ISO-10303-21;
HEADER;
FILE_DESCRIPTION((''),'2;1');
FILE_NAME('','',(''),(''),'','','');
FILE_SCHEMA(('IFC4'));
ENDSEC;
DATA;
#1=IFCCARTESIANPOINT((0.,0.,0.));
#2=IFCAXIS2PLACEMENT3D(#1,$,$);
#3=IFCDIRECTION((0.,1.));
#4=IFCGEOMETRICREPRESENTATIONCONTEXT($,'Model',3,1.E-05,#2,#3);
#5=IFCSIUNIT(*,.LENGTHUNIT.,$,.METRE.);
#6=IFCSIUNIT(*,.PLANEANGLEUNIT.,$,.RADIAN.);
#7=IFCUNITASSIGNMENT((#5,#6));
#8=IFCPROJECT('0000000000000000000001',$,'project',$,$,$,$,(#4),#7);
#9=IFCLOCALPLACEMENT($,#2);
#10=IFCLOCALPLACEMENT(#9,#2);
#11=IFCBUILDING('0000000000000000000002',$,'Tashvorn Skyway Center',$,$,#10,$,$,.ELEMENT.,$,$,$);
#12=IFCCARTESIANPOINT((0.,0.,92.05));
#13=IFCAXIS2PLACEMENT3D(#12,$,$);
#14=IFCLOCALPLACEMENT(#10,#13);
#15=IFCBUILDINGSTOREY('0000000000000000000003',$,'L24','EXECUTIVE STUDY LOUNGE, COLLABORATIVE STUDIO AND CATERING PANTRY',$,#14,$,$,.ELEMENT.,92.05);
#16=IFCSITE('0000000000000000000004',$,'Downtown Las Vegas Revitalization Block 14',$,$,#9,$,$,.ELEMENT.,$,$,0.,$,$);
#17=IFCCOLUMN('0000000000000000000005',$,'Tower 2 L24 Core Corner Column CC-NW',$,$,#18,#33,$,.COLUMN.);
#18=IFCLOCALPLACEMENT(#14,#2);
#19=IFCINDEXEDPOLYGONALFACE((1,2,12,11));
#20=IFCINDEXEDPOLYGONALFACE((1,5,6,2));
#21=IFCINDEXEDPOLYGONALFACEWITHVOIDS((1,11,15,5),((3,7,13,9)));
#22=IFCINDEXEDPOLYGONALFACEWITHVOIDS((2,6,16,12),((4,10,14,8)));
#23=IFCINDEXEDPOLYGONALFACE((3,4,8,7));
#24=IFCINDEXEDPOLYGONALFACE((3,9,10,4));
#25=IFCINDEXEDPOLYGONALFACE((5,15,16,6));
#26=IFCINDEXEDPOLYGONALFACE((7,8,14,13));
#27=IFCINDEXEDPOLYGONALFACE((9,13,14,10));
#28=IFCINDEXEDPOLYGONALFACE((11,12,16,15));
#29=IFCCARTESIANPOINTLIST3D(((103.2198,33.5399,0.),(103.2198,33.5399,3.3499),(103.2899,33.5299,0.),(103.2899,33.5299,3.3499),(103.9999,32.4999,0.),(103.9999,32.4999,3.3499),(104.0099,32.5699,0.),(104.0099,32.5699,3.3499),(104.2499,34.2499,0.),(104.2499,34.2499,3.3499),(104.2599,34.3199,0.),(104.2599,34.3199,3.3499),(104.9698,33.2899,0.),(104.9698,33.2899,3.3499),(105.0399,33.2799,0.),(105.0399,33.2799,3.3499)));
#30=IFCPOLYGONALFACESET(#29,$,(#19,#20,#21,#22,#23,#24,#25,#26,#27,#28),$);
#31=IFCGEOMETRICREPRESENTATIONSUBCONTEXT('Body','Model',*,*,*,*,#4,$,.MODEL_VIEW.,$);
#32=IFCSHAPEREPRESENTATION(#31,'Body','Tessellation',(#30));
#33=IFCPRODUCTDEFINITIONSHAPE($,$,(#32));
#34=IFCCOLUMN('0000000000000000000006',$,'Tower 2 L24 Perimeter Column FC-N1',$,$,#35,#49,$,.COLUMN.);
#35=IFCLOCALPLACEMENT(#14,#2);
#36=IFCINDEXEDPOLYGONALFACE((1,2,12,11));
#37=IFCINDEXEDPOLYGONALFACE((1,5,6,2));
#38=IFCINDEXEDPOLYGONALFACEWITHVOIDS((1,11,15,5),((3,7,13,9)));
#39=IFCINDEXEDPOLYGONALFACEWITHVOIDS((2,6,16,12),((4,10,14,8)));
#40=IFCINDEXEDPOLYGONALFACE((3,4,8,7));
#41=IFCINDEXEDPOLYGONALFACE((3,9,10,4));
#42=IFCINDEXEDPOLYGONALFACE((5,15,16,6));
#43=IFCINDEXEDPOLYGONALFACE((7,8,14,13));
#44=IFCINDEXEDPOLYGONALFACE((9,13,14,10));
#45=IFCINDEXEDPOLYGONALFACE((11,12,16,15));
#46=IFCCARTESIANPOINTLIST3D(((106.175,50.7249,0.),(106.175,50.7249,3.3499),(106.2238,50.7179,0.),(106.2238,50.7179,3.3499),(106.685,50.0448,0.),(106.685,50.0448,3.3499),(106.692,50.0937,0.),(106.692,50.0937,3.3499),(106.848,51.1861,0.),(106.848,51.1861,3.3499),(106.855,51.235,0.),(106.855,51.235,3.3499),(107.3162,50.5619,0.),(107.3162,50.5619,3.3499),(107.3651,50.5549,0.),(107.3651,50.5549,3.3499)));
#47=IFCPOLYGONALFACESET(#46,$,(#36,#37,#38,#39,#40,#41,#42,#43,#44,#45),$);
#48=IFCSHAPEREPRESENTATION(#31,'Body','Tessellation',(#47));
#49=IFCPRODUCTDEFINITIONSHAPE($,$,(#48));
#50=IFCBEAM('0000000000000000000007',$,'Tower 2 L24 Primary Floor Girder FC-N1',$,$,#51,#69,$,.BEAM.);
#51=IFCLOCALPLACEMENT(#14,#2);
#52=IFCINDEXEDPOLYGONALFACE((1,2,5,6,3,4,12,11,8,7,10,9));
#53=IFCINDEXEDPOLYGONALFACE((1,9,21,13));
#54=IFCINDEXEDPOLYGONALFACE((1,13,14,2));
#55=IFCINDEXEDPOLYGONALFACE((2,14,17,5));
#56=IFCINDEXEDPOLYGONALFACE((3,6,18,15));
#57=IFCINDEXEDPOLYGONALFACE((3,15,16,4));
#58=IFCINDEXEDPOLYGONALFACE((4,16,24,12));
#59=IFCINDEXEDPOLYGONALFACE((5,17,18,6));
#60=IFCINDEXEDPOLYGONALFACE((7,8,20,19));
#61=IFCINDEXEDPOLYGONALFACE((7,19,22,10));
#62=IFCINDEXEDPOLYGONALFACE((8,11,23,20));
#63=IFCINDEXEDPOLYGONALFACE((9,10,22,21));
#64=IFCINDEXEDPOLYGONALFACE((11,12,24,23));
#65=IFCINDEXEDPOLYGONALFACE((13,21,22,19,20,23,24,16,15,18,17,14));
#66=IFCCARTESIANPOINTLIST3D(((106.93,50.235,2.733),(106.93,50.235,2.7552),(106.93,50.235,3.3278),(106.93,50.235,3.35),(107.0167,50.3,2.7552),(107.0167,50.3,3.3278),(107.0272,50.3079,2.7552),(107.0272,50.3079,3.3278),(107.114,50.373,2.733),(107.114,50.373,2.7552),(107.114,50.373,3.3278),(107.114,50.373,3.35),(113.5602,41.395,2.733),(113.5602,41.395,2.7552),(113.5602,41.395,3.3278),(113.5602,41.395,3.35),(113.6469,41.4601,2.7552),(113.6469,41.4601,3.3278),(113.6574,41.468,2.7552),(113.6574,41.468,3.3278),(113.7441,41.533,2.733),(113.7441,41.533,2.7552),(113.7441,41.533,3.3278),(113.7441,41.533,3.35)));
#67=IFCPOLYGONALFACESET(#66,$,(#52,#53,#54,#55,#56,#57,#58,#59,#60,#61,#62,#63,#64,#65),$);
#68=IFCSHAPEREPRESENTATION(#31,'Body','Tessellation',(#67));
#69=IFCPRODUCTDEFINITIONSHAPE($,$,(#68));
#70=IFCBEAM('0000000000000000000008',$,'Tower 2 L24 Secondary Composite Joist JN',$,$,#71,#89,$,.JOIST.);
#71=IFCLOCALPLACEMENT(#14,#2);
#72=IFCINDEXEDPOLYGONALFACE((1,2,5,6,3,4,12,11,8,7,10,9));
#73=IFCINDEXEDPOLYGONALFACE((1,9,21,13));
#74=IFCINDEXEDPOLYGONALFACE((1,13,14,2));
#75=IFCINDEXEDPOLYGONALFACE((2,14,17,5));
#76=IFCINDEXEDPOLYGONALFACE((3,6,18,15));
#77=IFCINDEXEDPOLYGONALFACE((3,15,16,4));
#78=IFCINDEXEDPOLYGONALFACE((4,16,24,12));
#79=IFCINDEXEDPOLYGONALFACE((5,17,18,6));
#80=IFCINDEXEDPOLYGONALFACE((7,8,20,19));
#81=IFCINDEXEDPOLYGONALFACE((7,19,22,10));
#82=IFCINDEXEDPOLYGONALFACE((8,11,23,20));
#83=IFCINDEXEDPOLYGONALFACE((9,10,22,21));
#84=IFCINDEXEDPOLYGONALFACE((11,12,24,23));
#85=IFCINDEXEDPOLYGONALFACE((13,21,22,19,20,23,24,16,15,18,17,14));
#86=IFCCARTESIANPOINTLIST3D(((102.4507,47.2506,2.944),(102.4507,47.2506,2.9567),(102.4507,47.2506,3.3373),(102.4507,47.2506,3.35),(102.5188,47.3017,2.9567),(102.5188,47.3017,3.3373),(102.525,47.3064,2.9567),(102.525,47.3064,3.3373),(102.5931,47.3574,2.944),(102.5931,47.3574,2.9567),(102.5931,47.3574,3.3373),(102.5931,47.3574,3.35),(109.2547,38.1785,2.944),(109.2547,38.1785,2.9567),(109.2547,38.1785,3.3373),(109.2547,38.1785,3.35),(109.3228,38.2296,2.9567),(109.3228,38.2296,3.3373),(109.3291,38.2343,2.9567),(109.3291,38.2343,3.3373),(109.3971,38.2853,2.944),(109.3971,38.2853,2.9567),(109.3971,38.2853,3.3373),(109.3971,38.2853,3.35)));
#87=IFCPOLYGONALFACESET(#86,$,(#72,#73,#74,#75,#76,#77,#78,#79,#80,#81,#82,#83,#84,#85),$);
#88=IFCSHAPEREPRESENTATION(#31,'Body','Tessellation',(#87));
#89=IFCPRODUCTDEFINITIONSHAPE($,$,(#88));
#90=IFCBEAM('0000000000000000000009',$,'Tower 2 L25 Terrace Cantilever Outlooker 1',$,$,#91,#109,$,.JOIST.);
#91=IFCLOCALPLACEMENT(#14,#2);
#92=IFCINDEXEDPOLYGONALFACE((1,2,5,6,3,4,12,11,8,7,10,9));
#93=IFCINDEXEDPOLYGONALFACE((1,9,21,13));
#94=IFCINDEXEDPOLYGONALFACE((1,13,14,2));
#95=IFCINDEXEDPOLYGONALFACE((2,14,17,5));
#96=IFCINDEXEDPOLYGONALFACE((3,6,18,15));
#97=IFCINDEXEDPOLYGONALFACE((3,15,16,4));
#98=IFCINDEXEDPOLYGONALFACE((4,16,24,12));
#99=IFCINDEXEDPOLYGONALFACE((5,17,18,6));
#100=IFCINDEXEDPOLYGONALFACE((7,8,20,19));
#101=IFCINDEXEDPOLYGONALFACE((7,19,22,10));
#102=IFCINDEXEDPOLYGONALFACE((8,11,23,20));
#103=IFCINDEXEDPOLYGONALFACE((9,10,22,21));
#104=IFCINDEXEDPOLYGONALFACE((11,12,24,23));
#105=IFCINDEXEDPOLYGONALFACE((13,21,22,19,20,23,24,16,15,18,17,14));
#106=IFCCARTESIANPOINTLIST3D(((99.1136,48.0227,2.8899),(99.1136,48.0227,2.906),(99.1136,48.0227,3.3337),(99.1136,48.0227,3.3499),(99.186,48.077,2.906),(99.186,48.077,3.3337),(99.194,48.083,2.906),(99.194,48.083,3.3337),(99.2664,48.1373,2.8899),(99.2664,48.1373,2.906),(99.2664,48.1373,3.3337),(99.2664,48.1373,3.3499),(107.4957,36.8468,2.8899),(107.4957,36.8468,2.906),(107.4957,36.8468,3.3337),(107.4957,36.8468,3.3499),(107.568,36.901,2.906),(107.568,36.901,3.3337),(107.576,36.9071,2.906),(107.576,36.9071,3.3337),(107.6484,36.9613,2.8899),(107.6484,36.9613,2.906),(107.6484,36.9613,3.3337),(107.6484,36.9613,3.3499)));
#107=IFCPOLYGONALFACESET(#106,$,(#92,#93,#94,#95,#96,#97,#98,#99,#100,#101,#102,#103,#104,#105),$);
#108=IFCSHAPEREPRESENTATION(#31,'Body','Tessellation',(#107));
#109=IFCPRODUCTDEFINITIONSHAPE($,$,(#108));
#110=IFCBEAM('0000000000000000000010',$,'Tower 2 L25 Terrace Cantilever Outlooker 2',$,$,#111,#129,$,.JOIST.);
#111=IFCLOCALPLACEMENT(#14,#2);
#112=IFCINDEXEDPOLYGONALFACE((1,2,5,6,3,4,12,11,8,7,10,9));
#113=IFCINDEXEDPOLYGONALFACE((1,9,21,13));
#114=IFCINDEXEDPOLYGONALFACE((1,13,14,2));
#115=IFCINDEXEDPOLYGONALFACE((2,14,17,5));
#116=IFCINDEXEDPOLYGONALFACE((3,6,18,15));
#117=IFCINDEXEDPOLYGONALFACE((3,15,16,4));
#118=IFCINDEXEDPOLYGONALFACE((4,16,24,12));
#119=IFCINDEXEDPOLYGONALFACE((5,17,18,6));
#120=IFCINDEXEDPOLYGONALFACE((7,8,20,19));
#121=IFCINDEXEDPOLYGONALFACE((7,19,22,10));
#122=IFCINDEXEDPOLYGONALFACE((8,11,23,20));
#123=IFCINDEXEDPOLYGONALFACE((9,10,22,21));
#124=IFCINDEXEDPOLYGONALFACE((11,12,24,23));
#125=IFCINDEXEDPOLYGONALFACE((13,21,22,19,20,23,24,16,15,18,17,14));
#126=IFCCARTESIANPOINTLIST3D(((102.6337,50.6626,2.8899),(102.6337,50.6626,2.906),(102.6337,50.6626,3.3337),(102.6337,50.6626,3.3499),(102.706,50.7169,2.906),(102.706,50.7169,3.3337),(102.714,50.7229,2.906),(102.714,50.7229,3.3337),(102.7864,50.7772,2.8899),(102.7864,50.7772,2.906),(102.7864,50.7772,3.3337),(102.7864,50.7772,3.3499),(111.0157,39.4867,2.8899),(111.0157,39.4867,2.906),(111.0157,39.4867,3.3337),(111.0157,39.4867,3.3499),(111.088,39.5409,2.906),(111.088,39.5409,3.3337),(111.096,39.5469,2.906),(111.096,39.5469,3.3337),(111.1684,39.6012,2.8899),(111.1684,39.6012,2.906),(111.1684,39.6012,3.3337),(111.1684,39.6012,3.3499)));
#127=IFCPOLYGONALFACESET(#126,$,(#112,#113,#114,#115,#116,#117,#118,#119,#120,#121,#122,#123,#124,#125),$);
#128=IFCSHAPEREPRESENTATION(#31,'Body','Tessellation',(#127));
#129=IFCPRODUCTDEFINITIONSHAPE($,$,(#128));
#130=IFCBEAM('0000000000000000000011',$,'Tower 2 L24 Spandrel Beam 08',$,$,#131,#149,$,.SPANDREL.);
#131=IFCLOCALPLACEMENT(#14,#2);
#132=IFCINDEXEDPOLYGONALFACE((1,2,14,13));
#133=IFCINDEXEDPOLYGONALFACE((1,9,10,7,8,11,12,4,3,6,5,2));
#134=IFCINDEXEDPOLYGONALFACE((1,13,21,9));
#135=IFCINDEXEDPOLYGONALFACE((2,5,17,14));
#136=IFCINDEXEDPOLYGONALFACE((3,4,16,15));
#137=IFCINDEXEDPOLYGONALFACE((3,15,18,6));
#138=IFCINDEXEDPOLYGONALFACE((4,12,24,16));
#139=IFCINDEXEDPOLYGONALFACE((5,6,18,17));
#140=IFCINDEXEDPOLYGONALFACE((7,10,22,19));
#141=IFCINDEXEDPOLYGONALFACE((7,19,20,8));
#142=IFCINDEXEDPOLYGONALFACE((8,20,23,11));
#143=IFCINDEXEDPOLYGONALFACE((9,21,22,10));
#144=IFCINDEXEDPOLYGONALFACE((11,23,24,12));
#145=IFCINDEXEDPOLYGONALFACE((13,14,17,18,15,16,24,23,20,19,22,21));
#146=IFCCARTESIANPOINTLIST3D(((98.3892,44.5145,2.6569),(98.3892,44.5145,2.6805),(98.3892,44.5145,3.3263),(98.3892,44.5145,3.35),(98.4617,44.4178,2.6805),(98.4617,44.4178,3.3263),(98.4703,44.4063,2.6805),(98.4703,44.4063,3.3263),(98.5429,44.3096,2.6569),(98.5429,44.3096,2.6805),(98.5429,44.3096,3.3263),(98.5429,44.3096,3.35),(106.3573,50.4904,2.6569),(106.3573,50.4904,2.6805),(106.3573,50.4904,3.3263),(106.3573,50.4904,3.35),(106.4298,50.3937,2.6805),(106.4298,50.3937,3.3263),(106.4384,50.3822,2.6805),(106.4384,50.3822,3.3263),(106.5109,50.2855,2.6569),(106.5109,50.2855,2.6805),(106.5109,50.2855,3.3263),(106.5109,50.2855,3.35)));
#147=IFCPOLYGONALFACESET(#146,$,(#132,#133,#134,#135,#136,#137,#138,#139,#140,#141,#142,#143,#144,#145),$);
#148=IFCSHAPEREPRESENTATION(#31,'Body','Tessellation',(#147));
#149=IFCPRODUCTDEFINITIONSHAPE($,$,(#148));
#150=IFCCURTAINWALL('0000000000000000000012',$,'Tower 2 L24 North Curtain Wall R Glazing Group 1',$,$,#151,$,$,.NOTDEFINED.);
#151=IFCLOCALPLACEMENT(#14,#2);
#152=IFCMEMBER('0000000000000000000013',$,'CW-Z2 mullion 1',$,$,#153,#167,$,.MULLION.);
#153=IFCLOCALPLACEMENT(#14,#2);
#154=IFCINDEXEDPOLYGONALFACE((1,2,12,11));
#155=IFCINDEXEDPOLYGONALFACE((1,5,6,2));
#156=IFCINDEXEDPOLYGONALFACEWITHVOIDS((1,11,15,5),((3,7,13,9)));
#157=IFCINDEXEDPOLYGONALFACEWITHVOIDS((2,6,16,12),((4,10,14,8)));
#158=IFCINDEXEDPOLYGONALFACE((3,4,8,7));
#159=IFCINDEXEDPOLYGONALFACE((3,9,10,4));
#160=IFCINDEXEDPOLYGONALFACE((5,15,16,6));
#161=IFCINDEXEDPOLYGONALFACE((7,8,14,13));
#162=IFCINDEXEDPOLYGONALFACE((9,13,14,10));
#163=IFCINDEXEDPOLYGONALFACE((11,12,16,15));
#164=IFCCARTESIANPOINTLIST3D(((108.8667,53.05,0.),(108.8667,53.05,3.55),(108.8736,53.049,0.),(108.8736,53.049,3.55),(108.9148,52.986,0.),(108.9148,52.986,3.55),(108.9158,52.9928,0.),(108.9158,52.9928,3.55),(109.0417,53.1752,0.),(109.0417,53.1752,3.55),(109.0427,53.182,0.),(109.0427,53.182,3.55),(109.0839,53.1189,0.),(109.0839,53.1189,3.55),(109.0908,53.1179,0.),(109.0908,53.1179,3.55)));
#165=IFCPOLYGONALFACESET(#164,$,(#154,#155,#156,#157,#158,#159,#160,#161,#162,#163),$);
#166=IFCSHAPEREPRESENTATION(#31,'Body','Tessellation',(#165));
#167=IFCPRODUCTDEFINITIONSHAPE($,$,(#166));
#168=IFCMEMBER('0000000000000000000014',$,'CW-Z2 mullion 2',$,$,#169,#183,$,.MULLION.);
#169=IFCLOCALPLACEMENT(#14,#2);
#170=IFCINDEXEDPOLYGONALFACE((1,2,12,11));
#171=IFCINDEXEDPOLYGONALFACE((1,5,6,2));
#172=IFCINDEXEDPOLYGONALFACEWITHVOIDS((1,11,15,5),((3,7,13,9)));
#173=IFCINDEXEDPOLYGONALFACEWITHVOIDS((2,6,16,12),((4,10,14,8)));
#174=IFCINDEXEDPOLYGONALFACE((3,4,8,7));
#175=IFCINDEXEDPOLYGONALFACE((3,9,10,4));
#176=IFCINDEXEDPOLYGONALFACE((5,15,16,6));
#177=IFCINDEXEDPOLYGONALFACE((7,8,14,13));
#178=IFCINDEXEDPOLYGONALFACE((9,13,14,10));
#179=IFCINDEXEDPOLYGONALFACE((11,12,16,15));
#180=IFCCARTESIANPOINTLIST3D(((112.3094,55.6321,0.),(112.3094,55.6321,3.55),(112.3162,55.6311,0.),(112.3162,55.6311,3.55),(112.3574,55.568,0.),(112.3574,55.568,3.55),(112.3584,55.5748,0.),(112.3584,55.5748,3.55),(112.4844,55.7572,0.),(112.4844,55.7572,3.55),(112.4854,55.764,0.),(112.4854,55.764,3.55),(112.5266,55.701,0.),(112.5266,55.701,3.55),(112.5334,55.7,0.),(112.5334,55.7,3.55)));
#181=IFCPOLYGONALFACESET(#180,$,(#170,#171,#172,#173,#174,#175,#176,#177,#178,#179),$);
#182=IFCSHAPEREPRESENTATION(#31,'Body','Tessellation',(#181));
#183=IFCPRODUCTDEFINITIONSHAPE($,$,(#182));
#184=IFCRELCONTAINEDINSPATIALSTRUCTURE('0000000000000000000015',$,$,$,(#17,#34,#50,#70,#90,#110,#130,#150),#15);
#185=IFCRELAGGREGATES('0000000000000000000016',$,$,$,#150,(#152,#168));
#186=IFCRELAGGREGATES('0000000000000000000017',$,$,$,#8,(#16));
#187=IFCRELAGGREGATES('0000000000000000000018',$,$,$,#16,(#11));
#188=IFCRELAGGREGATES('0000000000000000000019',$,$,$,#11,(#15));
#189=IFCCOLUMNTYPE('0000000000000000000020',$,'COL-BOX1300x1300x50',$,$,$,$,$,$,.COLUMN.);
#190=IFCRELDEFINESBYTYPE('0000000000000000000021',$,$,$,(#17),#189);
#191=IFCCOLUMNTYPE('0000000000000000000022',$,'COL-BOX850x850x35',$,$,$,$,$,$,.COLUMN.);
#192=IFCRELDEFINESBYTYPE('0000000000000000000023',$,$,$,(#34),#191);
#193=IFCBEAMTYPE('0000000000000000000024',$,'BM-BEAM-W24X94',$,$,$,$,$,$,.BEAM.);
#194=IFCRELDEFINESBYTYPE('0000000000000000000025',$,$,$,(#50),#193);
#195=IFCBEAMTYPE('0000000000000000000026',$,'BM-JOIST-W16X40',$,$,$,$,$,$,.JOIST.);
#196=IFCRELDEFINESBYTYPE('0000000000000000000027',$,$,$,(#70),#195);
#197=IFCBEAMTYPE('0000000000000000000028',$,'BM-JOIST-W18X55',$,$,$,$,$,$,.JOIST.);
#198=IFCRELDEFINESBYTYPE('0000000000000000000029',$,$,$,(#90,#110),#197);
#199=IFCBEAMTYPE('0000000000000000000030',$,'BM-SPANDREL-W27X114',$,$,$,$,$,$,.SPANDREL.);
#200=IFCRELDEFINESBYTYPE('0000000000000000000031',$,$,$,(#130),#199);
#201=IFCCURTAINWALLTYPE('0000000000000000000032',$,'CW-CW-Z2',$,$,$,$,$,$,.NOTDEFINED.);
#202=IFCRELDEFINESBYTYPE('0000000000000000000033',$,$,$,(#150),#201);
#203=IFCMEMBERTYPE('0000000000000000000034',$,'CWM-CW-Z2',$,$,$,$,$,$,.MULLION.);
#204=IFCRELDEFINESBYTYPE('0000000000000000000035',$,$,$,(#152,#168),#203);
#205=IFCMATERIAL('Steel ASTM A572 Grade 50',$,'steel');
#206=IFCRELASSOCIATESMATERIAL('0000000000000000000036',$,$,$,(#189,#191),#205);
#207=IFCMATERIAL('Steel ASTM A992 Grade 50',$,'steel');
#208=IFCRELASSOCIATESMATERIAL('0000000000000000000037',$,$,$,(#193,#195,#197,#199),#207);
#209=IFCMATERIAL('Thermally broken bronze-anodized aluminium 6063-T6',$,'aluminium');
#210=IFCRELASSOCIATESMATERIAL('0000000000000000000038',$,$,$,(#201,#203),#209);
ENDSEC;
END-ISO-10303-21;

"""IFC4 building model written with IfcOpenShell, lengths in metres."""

from ifc_helpers import new_model, si_unit, direction, frame, origin, origin_2d, place, context, subcontext, project, spatial, hollow_rectangle, i_section, extrude, material, material_profile, profile_set, type_object, element, aggregate, save


model = new_model("IFC4")

# Units and contexts
model_context = context("Model", 3, precision=1e-05, world=origin(), true_north=direction((0.0, 1.0)))
body_context = subcontext(model_context, "Body", "Model", "MODEL_VIEW")
ifc_project = project(units=[si_unit("LENGTHUNIT", "METRE"), si_unit("PLANEANGLEUNIT", "RADIAN")], contexts=[model_context])

# Site, building, storey
site_placement = place(None, origin())
site = spatial("IfcSite", under=ifc_project, at=site_placement, Name="Downtown Las Vegas Revitalization Block 14", CompositionType="ELEMENT", RefElevation=0.0)
building_placement = place(site_placement, origin())
building = spatial("IfcBuilding", under=site, at=building_placement, Name="Tashvorn Skyway Center", CompositionType="ELEMENT")
storey_placement = place(building_placement, frame((0.0, 0.0, 92.05)))
storey = spatial("IfcBuildingStorey", under=building, at=storey_placement, Name="L24", Description="EXECUTIVE STUDY LOUNGE, COLLABORATIVE STUDIO AND CATERING PANTRY", CompositionType="ELEMENT", Elevation=92.05)

# Columns
ifc_material_1 = material(Name="Steel ASTM A572 Grade 50", Category="steel")
ifc_material_profile_1 = material_profile(ifc_material_1, hollow_rectangle(XDim=1.3, YDim=1.3, WallThickness=0.05, at=origin_2d()), Name="BOX1300x1300x50")
ifc_profile_set_1 = profile_set([ifc_material_profile_1], Name="Steel ASTM A572 Grade 50")
column_type_1 = type_object("IfcColumnType", Name="COL-BOX1300x1300x50", PredefinedType="COLUMN", material=ifc_profile_set_1)
column_1_placement = place(storey_placement, frame((104.1299, 33.4099, 0.0), z_axis=(0.0, 0.0, 1.0), x_axis=(0.8, 0.6, 0.0)))
element("IfcColumn", 1, at=column_1_placement, inside=storey, type_object=column_type_1, Name="Tower 2 L24 Core Corner Column CC-NW", PredefinedType="COLUMN", context=body_context, shape_type="SweptSolid", body=[
    extrude(hollow_rectangle(XDim=1.3, YDim=1.3, WallThickness=0.05, at=origin_2d()), origin(), (0.0, 0.0, 1.0), 3.3499),
])
ifc_material_profile_2 = material_profile(ifc_material_1, hollow_rectangle(XDim=0.8501, YDim=0.8501, WallThickness=0.0349, at=origin_2d()), Name="BOX850x850x35")
ifc_profile_set_2 = profile_set([ifc_material_profile_2], Name="Steel ASTM A572 Grade 50")
column_type_2 = type_object("IfcColumnType", Name="COL-BOX850x850x35", PredefinedType="COLUMN", material=ifc_profile_set_2)
column_2_placement = place(storey_placement, frame((106.77, 50.6399, 0.0), z_axis=(0.0, 0.0, 1.0), x_axis=(0.8, 0.6, 0.0)))
element("IfcColumn", 2, at=column_2_placement, inside=storey, type_object=column_type_2, Name="Tower 2 L24 Perimeter Column FC-N1", PredefinedType="COLUMN", context=body_context, shape_type="SweptSolid", body=[
    extrude(hollow_rectangle(XDim=0.8501, YDim=0.8501, WallThickness=0.0349, at=origin_2d()), origin(), (0.0, 0.0, 1.0), 3.3499),
])

# Beams
ifc_material_2 = material(Name="Steel ASTM A992 Grade 50", Category="steel")
ifc_material_profile_3 = material_profile(ifc_material_2, i_section(OverallWidth=0.23, OverallDepth=0.6169, WebThickness=0.0132, FlangeThickness=0.0222, at=origin_2d()), Name="W24X94")
ifc_profile_set_3 = profile_set([ifc_material_profile_3], Name="Steel ASTM A992 Grade 50")
beam_type_1 = type_object("IfcBeamType", Name="BM-BEAM-W24X94", PredefinedType="BEAM", material=ifc_profile_set_3)
beam_1_placement = place(storey_placement, frame((107.022, 50.304, 3.0415), z_axis=(0.600014, -0.799989, 0.0), x_axis=(0.799989, 0.600014, 0.0)))
element("IfcBeam", 3, at=beam_1_placement, inside=storey, type_object=beam_type_1, Name="Tower 2 L24 Primary Floor Girder FC-N1", PredefinedType="BEAM", context=body_context, shape_type="SweptSolid", body=[
    extrude(i_section(OverallWidth=0.23, OverallDepth=0.6169, WebThickness=0.0132, FlangeThickness=0.0222, at=origin_2d()), origin(), (0.0, 0.0, 1.0), 11.05),
])
ifc_material_profile_4 = material_profile(ifc_material_2, i_section(OverallWidth=0.178, OverallDepth=0.406, WebThickness=0.0078, FlangeThickness=0.0127, at=origin_2d()), Name="W16X40")
ifc_profile_set_4 = profile_set([ifc_material_profile_4], Name="Steel ASTM A992 Grade 50")
beam_type_2 = type_object("IfcBeamType", Name="BM-JOIST-W16X40", PredefinedType="JOIST", material=ifc_profile_set_4)
beam_2_placement = place(storey_placement, frame((109.3259, 38.2319, 3.147), z_axis=(-0.599997, 0.800003, 0.0), x_axis=(-0.800003, -0.599997, 0.0)))
element("IfcBeam", 4, at=beam_2_placement, inside=storey, type_object=beam_type_2, Name="Tower 2 L24 Secondary Composite Joist JN", PredefinedType="JOIST", context=body_context, shape_type="SweptSolid", body=[
    extrude(i_section(OverallWidth=0.178, OverallDepth=0.406, WebThickness=0.0078, FlangeThickness=0.0127, at=origin_2d()), origin(), (0.0, 0.0, 1.0), 11.3401),
])
ifc_material_profile_5 = material_profile(ifc_material_2, i_section(OverallWidth=0.1909, OverallDepth=0.46, WebThickness=0.01, FlangeThickness=0.0161, at=origin_2d()), Name="W18X55")
ifc_profile_set_5 = profile_set([ifc_material_profile_5], Name="Steel ASTM A992 Grade 50")
beam_type_3 = type_object("IfcBeamType", Name="BM-JOIST-W18X55", PredefinedType="JOIST", material=ifc_profile_set_5)
for number, where, z_axis, x_axis, name in (
    (5, (107.572, 36.9041, 3.1199), (-0.600003, 0.799998, 0.0), (-0.799998, -0.600003, 0.0), "Tower 2 L25 Terrace Cantilever Outlooker 1"),
    (6, (111.092, 39.5439, 3.1199), (-0.600003, 0.799998, 0.0), (-0.799998, -0.600003, 0.0), "Tower 2 L25 Terrace Cantilever Outlooker 2"),
):
    element("IfcBeam", number, at=place(storey_placement, frame(where, z_axis=z_axis, x_axis=x_axis)), inside=storey, type_object=beam_type_3, Name=name, PredefinedType="JOIST", context=body_context, shape_type="SweptSolid", body=[
        extrude(i_section(OverallWidth=0.1909, OverallDepth=0.46, WebThickness=0.01, FlangeThickness=0.0161, at=origin_2d()), origin(), (0.0, 0.0, 1.0), 13.97),
    ])
ifc_material_profile_6 = material_profile(ifc_material_2, i_section(OverallWidth=0.2561, OverallDepth=0.6931, WebThickness=0.0144, FlangeThickness=0.0237, at=origin_2d()), Name="W27X114")
ifc_profile_set_6 = profile_set([ifc_material_profile_6], Name="Steel ASTM A992 Grade 50")
beam_type_4 = type_object("IfcBeamType", Name="BM-SPANDREL-W27X114", PredefinedType="SPANDREL", material=ifc_profile_set_6)
beam_3_placement = place(storey_placement, frame((106.4341, 50.3879, 3.0034), z_axis=(-0.800009, -0.599988, 0.0), x_axis=(0.599988, -0.800009, 0.0)))
element("IfcBeam", 7, at=beam_3_placement, inside=storey, type_object=beam_type_4, Name="Tower 2 L24 Spandrel Beam 08", PredefinedType="SPANDREL", context=body_context, shape_type="SweptSolid", body=[
    extrude(i_section(OverallWidth=0.2561, OverallDepth=0.6931, WebThickness=0.0144, FlangeThickness=0.0237, at=origin_2d()), origin(), (0.0, 0.0, 1.0), 9.96),
])

# Curtain wall, members
ifc_material_3 = material(Name="Thermally broken bronze-anodized aluminium 6063-T6", Category="aluminium")
curtain_wall_type = type_object("IfcCurtainWallType", Name="CW-CW-Z2", PredefinedType="NOTDEFINED", material=ifc_material_3)
curtain_wall_placement = place(storey_placement, origin())
curtain_wall = element("IfcCurtainWall", 8, at=curtain_wall_placement, inside=storey, type_object=curtain_wall_type, Name="Tower 2 L24 North Curtain Wall R Glazing Group 1", PredefinedType="NOTDEFINED")
ifc_material_profile_7 = material_profile(ifc_material_3, hollow_rectangle(XDim=0.0801, YDim=0.22, WallThickness=0.0049, at=origin_2d()), Name="ALU-MULL-80x220")
ifc_profile_set_7 = profile_set([ifc_material_profile_7], Name="Thermally broken bronze-anodized aluminium 6063-T6")
member_type_1 = type_object("IfcMemberType", Name="CWM-CW-Z2", PredefinedType="MULLION", material=ifc_profile_set_7)
member_1_placement = place(storey_placement, frame((108.9788, 53.084, 0.0), z_axis=(0.0, 0.0, 1.0), x_axis=(-0.600002, 0.799999, 0.0)))
member_1 = element("IfcMember", 9, at=member_1_placement, type_object=member_type_1, Name="CW-Z2 mullion 1", PredefinedType="MULLION", context=body_context, shape_type="SweptSolid", body=[
    extrude(hollow_rectangle(XDim=0.0801, YDim=0.22, WallThickness=0.0049, at=origin_2d()), origin(), (0.0, 0.0, 1.0), 3.55),
])
member_2_placement = place(storey_placement, frame((112.4214, 55.666, 0.0), z_axis=(0.0, 0.0, 1.0), x_axis=(-0.600002, 0.799999, 0.0)))
member_2 = element("IfcMember", 10, at=member_2_placement, type_object=member_type_1, Name="CW-Z2 mullion 2", PredefinedType="MULLION", context=body_context, shape_type="SweptSolid", body=[
    extrude(hollow_rectangle(XDim=0.0801, YDim=0.22, WallThickness=0.0049, at=origin_2d()), origin(), (0.0, 0.0, 1.0), 3.55),
])
aggregate(curtain_wall, [member_1, member_2])

save(model, "model.ifc")
